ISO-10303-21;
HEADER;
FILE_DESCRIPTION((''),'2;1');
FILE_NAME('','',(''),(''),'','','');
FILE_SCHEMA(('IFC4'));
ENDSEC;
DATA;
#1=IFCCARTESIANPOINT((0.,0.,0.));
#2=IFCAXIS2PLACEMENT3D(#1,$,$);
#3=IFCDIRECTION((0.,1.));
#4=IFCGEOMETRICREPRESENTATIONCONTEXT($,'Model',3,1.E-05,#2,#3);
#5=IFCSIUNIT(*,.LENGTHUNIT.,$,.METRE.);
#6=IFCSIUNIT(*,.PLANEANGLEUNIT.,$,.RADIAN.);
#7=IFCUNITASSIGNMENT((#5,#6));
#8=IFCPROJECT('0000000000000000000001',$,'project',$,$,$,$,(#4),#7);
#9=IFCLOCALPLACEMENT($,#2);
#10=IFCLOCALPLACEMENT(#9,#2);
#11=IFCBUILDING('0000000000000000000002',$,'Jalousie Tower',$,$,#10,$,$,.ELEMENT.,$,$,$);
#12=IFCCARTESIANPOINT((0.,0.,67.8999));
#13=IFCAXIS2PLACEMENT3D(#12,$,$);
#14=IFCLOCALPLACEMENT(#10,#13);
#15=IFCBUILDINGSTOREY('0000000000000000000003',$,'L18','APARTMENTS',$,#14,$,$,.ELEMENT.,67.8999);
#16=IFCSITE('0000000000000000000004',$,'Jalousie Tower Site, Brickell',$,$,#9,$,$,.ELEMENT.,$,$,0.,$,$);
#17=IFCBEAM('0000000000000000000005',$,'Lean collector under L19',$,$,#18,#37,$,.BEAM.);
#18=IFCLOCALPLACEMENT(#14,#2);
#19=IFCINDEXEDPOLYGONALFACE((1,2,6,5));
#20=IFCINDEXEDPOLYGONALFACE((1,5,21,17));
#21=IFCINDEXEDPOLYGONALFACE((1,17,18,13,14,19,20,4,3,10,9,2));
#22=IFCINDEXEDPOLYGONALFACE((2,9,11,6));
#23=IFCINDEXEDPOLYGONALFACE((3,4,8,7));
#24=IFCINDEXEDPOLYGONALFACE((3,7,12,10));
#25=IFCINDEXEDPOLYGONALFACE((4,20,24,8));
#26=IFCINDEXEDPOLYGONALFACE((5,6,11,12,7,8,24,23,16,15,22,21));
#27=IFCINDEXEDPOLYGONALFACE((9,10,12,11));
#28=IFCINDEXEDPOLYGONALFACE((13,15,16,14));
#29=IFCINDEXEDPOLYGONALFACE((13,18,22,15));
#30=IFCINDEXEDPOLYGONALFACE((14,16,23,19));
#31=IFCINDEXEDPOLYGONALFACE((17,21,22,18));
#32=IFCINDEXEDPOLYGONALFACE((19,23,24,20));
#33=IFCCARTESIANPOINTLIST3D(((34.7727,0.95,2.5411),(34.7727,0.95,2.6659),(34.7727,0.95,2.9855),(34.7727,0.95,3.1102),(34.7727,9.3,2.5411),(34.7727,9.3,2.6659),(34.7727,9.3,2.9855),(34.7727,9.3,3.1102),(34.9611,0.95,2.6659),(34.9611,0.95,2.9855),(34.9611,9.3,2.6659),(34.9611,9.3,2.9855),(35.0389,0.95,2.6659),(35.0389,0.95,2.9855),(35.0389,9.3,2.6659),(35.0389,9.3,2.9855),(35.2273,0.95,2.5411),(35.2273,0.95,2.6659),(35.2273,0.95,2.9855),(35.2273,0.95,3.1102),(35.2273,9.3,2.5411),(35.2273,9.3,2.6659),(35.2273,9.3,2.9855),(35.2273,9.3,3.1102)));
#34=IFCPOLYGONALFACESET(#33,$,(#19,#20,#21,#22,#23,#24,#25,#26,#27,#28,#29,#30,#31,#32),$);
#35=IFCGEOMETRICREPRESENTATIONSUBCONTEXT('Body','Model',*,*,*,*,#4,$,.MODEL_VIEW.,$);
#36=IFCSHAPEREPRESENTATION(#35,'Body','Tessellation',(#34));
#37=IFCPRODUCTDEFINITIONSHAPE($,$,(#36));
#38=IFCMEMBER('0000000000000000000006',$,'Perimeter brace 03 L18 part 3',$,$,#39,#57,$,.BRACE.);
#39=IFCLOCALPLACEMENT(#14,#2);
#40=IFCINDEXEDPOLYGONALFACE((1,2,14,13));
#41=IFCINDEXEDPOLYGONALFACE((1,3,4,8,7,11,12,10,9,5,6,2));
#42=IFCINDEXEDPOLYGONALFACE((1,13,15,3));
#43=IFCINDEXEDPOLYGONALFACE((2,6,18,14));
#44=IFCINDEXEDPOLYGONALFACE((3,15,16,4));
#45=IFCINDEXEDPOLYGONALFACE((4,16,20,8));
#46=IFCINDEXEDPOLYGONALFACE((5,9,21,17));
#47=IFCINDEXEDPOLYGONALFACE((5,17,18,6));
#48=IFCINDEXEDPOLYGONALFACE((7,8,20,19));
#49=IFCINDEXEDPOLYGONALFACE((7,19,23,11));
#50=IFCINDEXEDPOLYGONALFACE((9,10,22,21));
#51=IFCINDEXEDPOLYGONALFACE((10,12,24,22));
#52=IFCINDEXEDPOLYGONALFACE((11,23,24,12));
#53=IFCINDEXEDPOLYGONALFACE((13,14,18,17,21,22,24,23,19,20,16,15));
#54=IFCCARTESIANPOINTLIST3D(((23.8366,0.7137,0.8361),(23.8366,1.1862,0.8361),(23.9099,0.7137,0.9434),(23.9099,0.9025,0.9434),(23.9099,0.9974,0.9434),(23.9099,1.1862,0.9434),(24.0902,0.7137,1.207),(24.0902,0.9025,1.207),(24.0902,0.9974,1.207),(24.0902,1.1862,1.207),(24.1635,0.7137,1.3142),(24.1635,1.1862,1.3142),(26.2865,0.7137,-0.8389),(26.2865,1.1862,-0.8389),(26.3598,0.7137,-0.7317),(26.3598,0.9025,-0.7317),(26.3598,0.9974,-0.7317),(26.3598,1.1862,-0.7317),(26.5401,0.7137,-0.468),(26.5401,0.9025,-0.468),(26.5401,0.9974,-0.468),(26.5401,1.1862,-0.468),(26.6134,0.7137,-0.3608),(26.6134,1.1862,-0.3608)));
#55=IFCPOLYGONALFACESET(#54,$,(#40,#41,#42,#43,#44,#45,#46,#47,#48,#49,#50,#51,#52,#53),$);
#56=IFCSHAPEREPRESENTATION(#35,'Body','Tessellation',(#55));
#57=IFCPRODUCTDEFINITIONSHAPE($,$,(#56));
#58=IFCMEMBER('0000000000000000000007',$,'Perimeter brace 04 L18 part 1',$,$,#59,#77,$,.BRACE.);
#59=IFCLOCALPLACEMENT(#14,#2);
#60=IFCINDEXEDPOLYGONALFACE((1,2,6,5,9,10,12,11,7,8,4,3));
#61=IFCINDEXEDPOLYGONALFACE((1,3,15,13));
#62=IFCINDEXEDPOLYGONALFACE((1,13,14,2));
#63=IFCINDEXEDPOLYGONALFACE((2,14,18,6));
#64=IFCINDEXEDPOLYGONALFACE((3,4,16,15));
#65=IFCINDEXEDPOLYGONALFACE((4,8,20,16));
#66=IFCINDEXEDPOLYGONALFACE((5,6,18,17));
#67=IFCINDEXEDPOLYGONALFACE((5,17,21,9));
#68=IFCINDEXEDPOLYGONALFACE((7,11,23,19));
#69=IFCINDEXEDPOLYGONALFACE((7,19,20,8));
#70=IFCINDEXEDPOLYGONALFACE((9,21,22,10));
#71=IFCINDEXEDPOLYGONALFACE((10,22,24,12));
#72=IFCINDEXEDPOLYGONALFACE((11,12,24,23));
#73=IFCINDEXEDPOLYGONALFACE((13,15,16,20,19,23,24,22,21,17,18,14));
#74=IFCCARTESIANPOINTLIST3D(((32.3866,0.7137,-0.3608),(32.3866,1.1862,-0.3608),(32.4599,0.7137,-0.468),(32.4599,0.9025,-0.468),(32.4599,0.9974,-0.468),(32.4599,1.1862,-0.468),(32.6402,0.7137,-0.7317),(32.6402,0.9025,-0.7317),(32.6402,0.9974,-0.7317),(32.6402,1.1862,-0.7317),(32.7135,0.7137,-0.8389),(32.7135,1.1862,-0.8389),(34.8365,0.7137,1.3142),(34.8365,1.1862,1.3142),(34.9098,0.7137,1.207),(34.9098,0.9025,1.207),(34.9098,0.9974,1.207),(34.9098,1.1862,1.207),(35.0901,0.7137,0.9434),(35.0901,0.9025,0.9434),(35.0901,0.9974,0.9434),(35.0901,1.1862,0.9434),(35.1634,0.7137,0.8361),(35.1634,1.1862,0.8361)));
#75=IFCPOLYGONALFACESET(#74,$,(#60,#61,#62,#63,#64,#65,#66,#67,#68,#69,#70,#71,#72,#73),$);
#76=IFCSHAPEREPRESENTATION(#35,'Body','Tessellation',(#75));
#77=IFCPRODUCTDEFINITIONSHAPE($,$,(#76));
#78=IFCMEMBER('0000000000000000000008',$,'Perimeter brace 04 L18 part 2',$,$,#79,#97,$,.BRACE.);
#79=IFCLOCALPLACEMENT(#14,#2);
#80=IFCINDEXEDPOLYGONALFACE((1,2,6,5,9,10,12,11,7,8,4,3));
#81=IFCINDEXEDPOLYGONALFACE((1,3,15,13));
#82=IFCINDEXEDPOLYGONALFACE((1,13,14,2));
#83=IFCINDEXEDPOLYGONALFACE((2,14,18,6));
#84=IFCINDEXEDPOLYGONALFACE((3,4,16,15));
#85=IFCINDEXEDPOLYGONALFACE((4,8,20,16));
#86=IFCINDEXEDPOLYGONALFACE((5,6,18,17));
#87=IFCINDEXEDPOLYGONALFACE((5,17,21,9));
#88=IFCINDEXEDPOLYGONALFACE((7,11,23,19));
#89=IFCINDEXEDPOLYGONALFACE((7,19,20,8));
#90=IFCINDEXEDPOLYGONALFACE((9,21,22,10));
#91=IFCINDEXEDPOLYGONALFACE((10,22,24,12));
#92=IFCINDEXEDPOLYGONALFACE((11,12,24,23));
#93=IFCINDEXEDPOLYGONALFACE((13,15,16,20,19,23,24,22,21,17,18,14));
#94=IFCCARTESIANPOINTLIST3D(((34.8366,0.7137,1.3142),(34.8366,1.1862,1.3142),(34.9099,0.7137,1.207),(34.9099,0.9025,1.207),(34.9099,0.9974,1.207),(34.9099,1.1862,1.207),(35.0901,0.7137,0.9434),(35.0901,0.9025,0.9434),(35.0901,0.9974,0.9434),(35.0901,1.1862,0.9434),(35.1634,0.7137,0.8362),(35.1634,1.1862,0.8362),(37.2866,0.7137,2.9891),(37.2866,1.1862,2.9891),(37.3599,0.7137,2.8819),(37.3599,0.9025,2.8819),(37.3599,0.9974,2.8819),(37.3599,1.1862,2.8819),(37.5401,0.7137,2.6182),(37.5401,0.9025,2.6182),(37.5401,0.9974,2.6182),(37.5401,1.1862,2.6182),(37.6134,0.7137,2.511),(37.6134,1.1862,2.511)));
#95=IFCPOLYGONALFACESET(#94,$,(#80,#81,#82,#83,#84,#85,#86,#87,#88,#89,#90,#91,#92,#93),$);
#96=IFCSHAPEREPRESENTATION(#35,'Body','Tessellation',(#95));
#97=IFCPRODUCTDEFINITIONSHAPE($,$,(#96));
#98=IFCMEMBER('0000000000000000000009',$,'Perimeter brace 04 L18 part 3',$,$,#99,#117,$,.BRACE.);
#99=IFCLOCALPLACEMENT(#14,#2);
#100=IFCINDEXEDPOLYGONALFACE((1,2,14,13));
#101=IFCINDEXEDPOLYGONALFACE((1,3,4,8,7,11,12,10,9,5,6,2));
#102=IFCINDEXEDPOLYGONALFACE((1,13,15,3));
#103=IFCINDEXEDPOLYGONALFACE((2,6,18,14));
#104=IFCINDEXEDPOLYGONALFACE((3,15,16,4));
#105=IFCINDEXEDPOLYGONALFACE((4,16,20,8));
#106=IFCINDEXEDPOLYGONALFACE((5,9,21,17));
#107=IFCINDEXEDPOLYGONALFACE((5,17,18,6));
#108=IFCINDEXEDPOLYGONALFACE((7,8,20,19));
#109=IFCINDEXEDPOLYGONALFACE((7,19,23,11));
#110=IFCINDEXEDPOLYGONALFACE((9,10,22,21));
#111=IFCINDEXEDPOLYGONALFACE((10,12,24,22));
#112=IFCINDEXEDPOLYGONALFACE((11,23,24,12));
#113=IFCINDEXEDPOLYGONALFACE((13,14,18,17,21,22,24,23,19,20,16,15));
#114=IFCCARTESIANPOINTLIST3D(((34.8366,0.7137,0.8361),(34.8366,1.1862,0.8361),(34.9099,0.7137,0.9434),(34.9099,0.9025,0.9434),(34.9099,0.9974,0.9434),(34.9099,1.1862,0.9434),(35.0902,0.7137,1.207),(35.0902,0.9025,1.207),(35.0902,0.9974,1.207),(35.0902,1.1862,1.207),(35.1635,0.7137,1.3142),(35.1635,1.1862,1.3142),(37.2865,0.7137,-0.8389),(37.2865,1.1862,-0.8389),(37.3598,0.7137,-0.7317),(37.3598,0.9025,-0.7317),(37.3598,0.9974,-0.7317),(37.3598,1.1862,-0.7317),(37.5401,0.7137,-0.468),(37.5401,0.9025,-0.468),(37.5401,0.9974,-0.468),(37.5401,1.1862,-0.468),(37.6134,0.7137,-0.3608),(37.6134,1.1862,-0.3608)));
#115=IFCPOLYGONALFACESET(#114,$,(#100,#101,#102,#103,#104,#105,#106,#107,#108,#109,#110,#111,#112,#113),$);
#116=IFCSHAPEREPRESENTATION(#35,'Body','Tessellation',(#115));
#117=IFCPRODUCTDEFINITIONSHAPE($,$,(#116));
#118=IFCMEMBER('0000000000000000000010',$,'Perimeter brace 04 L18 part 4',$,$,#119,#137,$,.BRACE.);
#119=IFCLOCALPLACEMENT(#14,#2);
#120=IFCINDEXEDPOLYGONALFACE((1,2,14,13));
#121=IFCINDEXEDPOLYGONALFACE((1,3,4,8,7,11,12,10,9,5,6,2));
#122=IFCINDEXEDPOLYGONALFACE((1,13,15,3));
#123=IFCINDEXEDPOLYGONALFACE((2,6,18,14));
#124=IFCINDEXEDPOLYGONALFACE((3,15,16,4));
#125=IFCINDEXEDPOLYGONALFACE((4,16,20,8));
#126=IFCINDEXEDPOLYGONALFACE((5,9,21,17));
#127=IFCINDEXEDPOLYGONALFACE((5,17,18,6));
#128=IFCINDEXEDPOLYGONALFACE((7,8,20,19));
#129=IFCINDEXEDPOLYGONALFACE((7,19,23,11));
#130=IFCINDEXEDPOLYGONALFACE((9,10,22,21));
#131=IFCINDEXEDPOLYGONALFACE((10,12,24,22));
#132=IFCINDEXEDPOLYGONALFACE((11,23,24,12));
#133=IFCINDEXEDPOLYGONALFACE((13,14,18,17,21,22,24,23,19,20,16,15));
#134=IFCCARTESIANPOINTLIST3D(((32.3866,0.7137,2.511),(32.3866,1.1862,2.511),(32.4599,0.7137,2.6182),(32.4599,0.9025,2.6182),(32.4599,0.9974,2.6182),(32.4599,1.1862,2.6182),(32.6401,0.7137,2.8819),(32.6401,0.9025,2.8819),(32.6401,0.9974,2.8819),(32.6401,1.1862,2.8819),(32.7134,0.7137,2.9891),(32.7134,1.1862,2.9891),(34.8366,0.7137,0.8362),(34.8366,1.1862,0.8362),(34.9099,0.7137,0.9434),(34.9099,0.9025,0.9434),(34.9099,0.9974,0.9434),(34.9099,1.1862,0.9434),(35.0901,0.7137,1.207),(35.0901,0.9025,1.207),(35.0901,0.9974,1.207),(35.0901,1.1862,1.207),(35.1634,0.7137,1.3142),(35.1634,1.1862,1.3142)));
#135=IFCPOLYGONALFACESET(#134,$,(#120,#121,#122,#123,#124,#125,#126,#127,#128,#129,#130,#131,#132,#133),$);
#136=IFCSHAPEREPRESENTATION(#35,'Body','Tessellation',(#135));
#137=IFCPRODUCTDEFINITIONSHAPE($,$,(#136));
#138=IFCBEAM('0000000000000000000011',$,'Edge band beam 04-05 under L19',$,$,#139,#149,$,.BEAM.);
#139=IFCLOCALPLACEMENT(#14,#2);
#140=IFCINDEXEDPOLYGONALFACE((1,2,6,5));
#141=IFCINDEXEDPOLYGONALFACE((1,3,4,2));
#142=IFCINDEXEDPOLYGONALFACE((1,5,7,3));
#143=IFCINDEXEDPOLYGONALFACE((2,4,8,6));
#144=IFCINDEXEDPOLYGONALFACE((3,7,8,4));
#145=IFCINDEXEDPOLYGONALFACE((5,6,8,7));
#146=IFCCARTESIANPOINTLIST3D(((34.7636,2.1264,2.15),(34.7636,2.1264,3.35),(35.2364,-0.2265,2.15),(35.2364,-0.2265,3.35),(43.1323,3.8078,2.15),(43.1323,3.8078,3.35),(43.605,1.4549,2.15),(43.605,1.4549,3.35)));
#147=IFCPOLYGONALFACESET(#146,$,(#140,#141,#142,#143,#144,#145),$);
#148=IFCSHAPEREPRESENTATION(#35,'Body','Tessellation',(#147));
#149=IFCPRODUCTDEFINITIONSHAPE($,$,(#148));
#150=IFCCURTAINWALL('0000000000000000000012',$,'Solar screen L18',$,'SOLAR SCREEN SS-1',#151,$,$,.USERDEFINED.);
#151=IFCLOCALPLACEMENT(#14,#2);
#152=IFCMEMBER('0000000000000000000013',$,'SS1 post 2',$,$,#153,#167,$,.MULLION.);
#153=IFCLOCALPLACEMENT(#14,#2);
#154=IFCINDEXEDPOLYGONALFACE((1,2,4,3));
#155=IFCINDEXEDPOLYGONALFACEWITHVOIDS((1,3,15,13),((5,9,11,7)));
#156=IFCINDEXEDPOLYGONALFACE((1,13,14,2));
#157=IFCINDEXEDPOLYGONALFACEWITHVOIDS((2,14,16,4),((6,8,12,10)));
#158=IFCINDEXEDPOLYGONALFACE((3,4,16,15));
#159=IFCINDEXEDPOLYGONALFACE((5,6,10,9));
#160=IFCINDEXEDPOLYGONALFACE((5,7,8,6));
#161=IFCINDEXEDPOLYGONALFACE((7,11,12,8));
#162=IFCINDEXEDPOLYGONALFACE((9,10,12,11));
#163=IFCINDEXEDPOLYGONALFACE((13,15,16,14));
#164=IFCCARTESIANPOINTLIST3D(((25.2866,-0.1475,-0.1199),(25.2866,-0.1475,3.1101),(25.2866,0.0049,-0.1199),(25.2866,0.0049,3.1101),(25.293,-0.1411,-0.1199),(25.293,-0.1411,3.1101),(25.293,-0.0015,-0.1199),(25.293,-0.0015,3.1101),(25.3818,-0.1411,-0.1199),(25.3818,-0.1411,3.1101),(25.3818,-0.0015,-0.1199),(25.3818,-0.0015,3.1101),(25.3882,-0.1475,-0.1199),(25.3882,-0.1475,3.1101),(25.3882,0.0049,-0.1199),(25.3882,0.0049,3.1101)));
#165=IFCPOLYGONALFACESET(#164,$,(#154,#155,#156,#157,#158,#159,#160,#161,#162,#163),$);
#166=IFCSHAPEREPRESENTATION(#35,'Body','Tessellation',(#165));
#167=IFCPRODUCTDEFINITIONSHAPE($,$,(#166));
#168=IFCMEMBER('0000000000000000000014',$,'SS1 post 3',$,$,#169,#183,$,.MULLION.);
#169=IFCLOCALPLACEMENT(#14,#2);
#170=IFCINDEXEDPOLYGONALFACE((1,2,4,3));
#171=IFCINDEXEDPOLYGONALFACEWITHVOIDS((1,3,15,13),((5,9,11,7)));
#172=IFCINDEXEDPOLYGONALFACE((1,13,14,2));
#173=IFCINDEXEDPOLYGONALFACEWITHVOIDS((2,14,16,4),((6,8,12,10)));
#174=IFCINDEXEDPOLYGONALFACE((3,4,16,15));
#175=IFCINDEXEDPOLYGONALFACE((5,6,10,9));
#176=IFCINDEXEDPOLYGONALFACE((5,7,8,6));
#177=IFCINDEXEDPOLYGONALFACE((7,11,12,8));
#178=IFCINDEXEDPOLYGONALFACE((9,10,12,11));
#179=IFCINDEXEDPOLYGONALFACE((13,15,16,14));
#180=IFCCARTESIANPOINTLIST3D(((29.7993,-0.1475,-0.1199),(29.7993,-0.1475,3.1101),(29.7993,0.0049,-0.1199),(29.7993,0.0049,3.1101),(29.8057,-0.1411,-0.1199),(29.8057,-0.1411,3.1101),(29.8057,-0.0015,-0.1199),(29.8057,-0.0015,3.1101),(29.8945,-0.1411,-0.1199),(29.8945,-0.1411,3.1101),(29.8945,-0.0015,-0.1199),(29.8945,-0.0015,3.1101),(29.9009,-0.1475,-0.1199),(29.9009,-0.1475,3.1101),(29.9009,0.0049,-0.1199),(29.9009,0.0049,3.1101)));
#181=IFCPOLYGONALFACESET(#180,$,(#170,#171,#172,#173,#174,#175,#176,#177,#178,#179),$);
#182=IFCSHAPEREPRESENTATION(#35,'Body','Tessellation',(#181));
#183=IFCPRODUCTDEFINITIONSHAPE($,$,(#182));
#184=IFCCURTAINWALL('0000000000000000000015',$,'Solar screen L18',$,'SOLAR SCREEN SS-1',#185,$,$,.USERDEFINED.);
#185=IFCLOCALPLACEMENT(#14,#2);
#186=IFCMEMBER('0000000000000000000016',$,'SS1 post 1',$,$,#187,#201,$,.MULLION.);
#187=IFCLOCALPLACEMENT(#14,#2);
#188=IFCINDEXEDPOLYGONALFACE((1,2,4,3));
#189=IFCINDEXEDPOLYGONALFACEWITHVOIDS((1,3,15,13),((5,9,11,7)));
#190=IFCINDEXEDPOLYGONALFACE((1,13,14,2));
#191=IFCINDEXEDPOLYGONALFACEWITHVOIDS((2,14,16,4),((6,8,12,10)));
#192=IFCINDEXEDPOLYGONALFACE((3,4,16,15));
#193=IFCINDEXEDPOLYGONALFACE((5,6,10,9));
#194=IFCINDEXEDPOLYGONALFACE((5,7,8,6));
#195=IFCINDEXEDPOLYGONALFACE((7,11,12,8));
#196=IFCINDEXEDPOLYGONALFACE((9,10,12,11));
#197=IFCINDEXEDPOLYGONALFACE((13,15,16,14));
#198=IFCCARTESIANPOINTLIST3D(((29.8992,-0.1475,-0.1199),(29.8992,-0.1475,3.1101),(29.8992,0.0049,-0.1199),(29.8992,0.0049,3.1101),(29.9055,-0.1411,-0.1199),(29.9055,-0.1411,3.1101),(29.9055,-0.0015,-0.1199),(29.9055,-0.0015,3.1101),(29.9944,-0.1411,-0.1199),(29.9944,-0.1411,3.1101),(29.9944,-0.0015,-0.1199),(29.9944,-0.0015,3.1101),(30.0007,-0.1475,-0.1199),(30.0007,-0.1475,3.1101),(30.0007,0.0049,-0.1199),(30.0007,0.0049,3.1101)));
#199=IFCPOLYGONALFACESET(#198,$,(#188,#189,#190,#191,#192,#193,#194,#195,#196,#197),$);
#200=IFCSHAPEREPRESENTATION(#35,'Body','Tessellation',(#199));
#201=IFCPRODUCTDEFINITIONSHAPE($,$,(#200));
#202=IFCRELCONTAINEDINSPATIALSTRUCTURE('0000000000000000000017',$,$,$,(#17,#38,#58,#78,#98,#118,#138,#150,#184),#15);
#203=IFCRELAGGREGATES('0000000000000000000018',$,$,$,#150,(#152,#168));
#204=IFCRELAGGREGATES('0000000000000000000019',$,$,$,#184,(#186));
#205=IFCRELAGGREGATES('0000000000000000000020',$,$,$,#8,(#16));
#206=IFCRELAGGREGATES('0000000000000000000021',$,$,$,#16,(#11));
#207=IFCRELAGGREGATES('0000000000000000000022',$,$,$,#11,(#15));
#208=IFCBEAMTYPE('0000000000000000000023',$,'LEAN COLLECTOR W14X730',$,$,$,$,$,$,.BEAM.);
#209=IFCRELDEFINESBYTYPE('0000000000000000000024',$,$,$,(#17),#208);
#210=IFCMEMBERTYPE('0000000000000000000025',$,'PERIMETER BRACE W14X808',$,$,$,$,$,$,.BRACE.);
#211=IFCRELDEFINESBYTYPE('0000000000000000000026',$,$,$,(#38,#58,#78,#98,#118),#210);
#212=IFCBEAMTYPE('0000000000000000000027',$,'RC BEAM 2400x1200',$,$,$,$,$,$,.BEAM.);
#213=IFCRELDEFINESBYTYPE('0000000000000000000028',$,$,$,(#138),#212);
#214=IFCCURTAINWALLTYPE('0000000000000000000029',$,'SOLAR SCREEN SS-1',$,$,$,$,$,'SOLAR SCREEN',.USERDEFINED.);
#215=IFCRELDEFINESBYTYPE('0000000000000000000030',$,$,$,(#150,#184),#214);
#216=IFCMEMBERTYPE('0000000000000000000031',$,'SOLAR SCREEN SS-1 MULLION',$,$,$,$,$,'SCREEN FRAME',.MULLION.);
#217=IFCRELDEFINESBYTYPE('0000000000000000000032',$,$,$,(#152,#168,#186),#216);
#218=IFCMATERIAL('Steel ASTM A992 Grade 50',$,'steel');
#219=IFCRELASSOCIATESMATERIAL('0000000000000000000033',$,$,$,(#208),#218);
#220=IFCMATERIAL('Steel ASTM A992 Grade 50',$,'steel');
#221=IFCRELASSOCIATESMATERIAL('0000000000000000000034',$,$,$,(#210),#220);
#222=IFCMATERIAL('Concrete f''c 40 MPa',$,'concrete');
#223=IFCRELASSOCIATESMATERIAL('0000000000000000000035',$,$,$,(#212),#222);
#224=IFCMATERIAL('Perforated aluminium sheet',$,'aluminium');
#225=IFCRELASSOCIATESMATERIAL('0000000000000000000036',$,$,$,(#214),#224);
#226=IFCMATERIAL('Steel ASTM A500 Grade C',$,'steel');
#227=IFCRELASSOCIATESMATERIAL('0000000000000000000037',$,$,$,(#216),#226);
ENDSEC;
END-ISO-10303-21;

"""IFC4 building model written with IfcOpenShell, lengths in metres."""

from ifc_helpers import new_model, si_unit, direction, frame, origin, origin_2d, place, context, subcontext, project, spatial, rectangle, hollow_rectangle, i_section, extrude, material, material_profile, profile_set, type_object, element, aggregate, save


model = new_model("IFC4")

# Units and contexts
model_context = context("Model", 3, precision=1e-05, world=origin(), true_north=direction((0.0, 1.0)))
body_context = subcontext(model_context, "Body", "Model", "MODEL_VIEW")
ifc_project = project(units=[si_unit("LENGTHUNIT", "METRE"), si_unit("PLANEANGLEUNIT", "RADIAN")], contexts=[model_context])

# Site, building, storey
site_placement = place(None, origin())
site = spatial("IfcSite", under=ifc_project, at=site_placement, Name="Jalousie Tower Site, Brickell", CompositionType="ELEMENT", RefElevation=0.0)
building_placement = place(site_placement, origin())
building = spatial("IfcBuilding", under=site, at=building_placement, Name="Jalousie Tower", CompositionType="ELEMENT")
storey_placement = place(building_placement, frame((0.0, 0.0, 67.8999)))
storey = spatial("IfcBuildingStorey", under=building, at=storey_placement, Name="L18", Description="APARTMENTS", CompositionType="ELEMENT", Elevation=67.8999)

# Beam
ifc_material_1 = material(Name="Steel ASTM A992 Grade 50", Category="steel")
ifc_material_profile_1 = material_profile(ifc_material_1, i_section(OverallWidth=0.4546, OverallDepth=0.5691, WebThickness=0.0779, FlangeThickness=0.1248, at=origin_2d()), Name="W14X730")
ifc_profile_set_1 = profile_set([ifc_material_profile_1], Name="Steel ASTM A992 Grade 50")
beam_type_1 = type_object("IfcBeamType", Name="LEAN COLLECTOR W14X730", PredefinedType="BEAM", material=ifc_profile_set_1)
beam_1_placement = place(storey_placement, frame((35.0, 0.95, 2.8257), z_axis=(0.0, 1.0, 0.0), x_axis=(-1.0, 0.0, 0.0)))
element("IfcBeam", 1, at=beam_1_placement, inside=storey, type_object=beam_type_1, Name="Lean collector under L19", PredefinedType="BEAM", context=body_context, shape_type="SweptSolid", body=[
    extrude(i_section(OverallWidth=0.4546, OverallDepth=0.5691, WebThickness=0.0779, FlangeThickness=0.1248, at=origin_2d()), origin(), (0.0, 0.0, 1.0), 8.3501),
])

# Members
ifc_material_2 = material(Name="Steel ASTM A992 Grade 50", Category="steel")
ifc_material_profile_2 = material_profile(ifc_material_2, i_section(OverallWidth=0.4724, OverallDepth=0.5791, WebThickness=0.095, FlangeThickness=0.1299, at=origin_2d()), Name="W14X808")
ifc_profile_set_2 = profile_set([ifc_material_profile_2], Name="Steel ASTM A992 Grade 50")
member_type_1 = type_object("IfcMemberType", Name="PERIMETER BRACE W14X808", PredefinedType="BRACE", material=ifc_profile_set_2)
for number, where, z_axis, x_axis, name in (
    (2, (26.45, 0.95, -0.5999), (-0.825501, 0.0, 0.564401), (0.0, -1.0, 0.0), "Perimeter brace 03 L18 part 3"),
    (3, (32.55, 0.95, -0.5999), (0.825501, 0.0, 0.564401), (0.0, 1.0, 0.0), "Perimeter brace 04 L18 part 1"),
    (4, (35.0, 0.95, 1.0752), (0.825539, 0.0, 0.564345), (0.0, 1.0, 0.0), "Perimeter brace 04 L18 part 2"),
    (5, (37.45, 0.95, -0.5999), (-0.825501, 0.0, 0.564401), (0.0, -1.0, 0.0), "Perimeter brace 04 L18 part 3"),
    (6, (35.0, 0.95, 1.0752), (-0.825539, 0.0, 0.564345), (0.0, -1.0, 0.0), "Perimeter brace 04 L18 part 4"),
):
    element("IfcMember", number, at=place(storey_placement, frame(where, z_axis=z_axis, x_axis=x_axis)), inside=storey, type_object=member_type_1, Name=name, PredefinedType="BRACE", context=body_context, shape_type="SweptSolid", body=[
        extrude(i_section(OverallWidth=0.4724, OverallDepth=0.5791, WebThickness=0.095, FlangeThickness=0.1299, at=origin_2d()), origin(), (0.0, 0.0, 1.0), 2.9678),
    ])

# Beam
ifc_material_3 = material(Name="Concrete f'c 40 MPa", Category="concrete")
ifc_material_profile_3 = material_profile(ifc_material_3, rectangle(XDim=2.3999, YDim=1.2, at=origin_2d()), Name="RC 2400x1200")
ifc_profile_set_3 = profile_set([ifc_material_profile_3], Name="Concrete f'c 40 MPa")
beam_type_2 = type_object("IfcBeamType", Name="RC BEAM 2400x1200", PredefinedType="BEAM", material=ifc_profile_set_3)
beam_2_placement = place(storey_placement, frame((35.0, 0.95, 2.75), z_axis=(0.980408, 0.19698, 0.0), x_axis=(-0.19698, 0.980408, 0.0)))
element("IfcBeam", 7, at=beam_2_placement, inside=storey, type_object=beam_type_2, Name="Edge band beam 04-05 under L19", PredefinedType="BEAM", context=body_context, shape_type="SweptSolid", body=[
    extrude(rectangle(XDim=2.3999, YDim=1.2, at=origin_2d()), origin(), (0.0, 0.0, 1.0), 8.5359),
])

# Curtain walls, members
ifc_material_4 = material(Name="Perforated aluminium sheet", Category="aluminium")
curtain_wall_type = type_object("IfcCurtainWallType", Name="SOLAR SCREEN SS-1", ElementType="SOLAR SCREEN", PredefinedType="USERDEFINED", material=ifc_material_4)
curtain_wall_1_placement = place(storey_placement, origin())
curtain_wall_1 = element("IfcCurtainWall", 8, at=curtain_wall_1_placement, inside=storey, type_object=curtain_wall_type, Name="Solar screen L18", ObjectType="SOLAR SCREEN SS-1", PredefinedType="USERDEFINED")
ifc_material_5 = material(Name="Steel ASTM A500 Grade C", Category="steel")
ifc_material_profile_4 = material_profile(ifc_material_5, hollow_rectangle(XDim=0.1016, YDim=0.1523, WallThickness=0.0063, at=origin_2d()), Name="HSS6X4X1/4")
ifc_profile_set_4 = profile_set([ifc_material_profile_4], Name="Steel ASTM A500 Grade C")
member_type_2 = type_object("IfcMemberType", Name="SOLAR SCREEN SS-1 MULLION", ElementType="SCREEN FRAME", PredefinedType="MULLION", material=ifc_profile_set_4)
member_1_placement = place(storey_placement, frame((25.3374, -0.0713, -0.1199), z_axis=(0.0, 0.0, 1.0), x_axis=(1.0, 0.0, 0.0)))
member_1 = element("IfcMember", 9, at=member_1_placement, type_object=member_type_2, Name="SS1 post 2", PredefinedType="MULLION", context=body_context, shape_type="SweptSolid", body=[
    extrude(hollow_rectangle(XDim=0.1016, YDim=0.1523, WallThickness=0.0063, at=origin_2d()), origin(), (0.0, 0.0, 1.0), 3.23),
])
member_2_placement = place(storey_placement, frame((29.8501, -0.0713, -0.1199), z_axis=(0.0, 0.0, 1.0), x_axis=(1.0, 0.0, 0.0)))
member_2 = element("IfcMember", 10, at=member_2_placement, type_object=member_type_2, Name="SS1 post 3", PredefinedType="MULLION", context=body_context, shape_type="SweptSolid", body=[
    extrude(hollow_rectangle(XDim=0.1016, YDim=0.1523, WallThickness=0.0063, at=origin_2d()), origin(), (0.0, 0.0, 1.0), 3.23),
])
curtain_wall_2_placement = place(storey_placement, origin())
curtain_wall_2 = element("IfcCurtainWall", 11, at=curtain_wall_2_placement, inside=storey, type_object=curtain_wall_type, Name="Solar screen L18", ObjectType="SOLAR SCREEN SS-1", PredefinedType="USERDEFINED")
member_3_placement = place(storey_placement, frame((29.95, -0.0713, -0.1199), z_axis=(0.0, 0.0, 1.0), x_axis=(1.0, 0.0, 0.0)))
member_3 = element("IfcMember", 12, at=member_3_placement, type_object=member_type_2, Name="SS1 post 1", PredefinedType="MULLION", context=body_context, shape_type="SweptSolid", body=[
    extrude(hollow_rectangle(XDim=0.1016, YDim=0.1523, WallThickness=0.0063, at=origin_2d()), origin(), (0.0, 0.0, 1.0), 3.23),
])

aggregate(curtain_wall_1, [member_1, member_2])
aggregate(curtain_wall_2, [member_3])

save(model, "model.ifc")
